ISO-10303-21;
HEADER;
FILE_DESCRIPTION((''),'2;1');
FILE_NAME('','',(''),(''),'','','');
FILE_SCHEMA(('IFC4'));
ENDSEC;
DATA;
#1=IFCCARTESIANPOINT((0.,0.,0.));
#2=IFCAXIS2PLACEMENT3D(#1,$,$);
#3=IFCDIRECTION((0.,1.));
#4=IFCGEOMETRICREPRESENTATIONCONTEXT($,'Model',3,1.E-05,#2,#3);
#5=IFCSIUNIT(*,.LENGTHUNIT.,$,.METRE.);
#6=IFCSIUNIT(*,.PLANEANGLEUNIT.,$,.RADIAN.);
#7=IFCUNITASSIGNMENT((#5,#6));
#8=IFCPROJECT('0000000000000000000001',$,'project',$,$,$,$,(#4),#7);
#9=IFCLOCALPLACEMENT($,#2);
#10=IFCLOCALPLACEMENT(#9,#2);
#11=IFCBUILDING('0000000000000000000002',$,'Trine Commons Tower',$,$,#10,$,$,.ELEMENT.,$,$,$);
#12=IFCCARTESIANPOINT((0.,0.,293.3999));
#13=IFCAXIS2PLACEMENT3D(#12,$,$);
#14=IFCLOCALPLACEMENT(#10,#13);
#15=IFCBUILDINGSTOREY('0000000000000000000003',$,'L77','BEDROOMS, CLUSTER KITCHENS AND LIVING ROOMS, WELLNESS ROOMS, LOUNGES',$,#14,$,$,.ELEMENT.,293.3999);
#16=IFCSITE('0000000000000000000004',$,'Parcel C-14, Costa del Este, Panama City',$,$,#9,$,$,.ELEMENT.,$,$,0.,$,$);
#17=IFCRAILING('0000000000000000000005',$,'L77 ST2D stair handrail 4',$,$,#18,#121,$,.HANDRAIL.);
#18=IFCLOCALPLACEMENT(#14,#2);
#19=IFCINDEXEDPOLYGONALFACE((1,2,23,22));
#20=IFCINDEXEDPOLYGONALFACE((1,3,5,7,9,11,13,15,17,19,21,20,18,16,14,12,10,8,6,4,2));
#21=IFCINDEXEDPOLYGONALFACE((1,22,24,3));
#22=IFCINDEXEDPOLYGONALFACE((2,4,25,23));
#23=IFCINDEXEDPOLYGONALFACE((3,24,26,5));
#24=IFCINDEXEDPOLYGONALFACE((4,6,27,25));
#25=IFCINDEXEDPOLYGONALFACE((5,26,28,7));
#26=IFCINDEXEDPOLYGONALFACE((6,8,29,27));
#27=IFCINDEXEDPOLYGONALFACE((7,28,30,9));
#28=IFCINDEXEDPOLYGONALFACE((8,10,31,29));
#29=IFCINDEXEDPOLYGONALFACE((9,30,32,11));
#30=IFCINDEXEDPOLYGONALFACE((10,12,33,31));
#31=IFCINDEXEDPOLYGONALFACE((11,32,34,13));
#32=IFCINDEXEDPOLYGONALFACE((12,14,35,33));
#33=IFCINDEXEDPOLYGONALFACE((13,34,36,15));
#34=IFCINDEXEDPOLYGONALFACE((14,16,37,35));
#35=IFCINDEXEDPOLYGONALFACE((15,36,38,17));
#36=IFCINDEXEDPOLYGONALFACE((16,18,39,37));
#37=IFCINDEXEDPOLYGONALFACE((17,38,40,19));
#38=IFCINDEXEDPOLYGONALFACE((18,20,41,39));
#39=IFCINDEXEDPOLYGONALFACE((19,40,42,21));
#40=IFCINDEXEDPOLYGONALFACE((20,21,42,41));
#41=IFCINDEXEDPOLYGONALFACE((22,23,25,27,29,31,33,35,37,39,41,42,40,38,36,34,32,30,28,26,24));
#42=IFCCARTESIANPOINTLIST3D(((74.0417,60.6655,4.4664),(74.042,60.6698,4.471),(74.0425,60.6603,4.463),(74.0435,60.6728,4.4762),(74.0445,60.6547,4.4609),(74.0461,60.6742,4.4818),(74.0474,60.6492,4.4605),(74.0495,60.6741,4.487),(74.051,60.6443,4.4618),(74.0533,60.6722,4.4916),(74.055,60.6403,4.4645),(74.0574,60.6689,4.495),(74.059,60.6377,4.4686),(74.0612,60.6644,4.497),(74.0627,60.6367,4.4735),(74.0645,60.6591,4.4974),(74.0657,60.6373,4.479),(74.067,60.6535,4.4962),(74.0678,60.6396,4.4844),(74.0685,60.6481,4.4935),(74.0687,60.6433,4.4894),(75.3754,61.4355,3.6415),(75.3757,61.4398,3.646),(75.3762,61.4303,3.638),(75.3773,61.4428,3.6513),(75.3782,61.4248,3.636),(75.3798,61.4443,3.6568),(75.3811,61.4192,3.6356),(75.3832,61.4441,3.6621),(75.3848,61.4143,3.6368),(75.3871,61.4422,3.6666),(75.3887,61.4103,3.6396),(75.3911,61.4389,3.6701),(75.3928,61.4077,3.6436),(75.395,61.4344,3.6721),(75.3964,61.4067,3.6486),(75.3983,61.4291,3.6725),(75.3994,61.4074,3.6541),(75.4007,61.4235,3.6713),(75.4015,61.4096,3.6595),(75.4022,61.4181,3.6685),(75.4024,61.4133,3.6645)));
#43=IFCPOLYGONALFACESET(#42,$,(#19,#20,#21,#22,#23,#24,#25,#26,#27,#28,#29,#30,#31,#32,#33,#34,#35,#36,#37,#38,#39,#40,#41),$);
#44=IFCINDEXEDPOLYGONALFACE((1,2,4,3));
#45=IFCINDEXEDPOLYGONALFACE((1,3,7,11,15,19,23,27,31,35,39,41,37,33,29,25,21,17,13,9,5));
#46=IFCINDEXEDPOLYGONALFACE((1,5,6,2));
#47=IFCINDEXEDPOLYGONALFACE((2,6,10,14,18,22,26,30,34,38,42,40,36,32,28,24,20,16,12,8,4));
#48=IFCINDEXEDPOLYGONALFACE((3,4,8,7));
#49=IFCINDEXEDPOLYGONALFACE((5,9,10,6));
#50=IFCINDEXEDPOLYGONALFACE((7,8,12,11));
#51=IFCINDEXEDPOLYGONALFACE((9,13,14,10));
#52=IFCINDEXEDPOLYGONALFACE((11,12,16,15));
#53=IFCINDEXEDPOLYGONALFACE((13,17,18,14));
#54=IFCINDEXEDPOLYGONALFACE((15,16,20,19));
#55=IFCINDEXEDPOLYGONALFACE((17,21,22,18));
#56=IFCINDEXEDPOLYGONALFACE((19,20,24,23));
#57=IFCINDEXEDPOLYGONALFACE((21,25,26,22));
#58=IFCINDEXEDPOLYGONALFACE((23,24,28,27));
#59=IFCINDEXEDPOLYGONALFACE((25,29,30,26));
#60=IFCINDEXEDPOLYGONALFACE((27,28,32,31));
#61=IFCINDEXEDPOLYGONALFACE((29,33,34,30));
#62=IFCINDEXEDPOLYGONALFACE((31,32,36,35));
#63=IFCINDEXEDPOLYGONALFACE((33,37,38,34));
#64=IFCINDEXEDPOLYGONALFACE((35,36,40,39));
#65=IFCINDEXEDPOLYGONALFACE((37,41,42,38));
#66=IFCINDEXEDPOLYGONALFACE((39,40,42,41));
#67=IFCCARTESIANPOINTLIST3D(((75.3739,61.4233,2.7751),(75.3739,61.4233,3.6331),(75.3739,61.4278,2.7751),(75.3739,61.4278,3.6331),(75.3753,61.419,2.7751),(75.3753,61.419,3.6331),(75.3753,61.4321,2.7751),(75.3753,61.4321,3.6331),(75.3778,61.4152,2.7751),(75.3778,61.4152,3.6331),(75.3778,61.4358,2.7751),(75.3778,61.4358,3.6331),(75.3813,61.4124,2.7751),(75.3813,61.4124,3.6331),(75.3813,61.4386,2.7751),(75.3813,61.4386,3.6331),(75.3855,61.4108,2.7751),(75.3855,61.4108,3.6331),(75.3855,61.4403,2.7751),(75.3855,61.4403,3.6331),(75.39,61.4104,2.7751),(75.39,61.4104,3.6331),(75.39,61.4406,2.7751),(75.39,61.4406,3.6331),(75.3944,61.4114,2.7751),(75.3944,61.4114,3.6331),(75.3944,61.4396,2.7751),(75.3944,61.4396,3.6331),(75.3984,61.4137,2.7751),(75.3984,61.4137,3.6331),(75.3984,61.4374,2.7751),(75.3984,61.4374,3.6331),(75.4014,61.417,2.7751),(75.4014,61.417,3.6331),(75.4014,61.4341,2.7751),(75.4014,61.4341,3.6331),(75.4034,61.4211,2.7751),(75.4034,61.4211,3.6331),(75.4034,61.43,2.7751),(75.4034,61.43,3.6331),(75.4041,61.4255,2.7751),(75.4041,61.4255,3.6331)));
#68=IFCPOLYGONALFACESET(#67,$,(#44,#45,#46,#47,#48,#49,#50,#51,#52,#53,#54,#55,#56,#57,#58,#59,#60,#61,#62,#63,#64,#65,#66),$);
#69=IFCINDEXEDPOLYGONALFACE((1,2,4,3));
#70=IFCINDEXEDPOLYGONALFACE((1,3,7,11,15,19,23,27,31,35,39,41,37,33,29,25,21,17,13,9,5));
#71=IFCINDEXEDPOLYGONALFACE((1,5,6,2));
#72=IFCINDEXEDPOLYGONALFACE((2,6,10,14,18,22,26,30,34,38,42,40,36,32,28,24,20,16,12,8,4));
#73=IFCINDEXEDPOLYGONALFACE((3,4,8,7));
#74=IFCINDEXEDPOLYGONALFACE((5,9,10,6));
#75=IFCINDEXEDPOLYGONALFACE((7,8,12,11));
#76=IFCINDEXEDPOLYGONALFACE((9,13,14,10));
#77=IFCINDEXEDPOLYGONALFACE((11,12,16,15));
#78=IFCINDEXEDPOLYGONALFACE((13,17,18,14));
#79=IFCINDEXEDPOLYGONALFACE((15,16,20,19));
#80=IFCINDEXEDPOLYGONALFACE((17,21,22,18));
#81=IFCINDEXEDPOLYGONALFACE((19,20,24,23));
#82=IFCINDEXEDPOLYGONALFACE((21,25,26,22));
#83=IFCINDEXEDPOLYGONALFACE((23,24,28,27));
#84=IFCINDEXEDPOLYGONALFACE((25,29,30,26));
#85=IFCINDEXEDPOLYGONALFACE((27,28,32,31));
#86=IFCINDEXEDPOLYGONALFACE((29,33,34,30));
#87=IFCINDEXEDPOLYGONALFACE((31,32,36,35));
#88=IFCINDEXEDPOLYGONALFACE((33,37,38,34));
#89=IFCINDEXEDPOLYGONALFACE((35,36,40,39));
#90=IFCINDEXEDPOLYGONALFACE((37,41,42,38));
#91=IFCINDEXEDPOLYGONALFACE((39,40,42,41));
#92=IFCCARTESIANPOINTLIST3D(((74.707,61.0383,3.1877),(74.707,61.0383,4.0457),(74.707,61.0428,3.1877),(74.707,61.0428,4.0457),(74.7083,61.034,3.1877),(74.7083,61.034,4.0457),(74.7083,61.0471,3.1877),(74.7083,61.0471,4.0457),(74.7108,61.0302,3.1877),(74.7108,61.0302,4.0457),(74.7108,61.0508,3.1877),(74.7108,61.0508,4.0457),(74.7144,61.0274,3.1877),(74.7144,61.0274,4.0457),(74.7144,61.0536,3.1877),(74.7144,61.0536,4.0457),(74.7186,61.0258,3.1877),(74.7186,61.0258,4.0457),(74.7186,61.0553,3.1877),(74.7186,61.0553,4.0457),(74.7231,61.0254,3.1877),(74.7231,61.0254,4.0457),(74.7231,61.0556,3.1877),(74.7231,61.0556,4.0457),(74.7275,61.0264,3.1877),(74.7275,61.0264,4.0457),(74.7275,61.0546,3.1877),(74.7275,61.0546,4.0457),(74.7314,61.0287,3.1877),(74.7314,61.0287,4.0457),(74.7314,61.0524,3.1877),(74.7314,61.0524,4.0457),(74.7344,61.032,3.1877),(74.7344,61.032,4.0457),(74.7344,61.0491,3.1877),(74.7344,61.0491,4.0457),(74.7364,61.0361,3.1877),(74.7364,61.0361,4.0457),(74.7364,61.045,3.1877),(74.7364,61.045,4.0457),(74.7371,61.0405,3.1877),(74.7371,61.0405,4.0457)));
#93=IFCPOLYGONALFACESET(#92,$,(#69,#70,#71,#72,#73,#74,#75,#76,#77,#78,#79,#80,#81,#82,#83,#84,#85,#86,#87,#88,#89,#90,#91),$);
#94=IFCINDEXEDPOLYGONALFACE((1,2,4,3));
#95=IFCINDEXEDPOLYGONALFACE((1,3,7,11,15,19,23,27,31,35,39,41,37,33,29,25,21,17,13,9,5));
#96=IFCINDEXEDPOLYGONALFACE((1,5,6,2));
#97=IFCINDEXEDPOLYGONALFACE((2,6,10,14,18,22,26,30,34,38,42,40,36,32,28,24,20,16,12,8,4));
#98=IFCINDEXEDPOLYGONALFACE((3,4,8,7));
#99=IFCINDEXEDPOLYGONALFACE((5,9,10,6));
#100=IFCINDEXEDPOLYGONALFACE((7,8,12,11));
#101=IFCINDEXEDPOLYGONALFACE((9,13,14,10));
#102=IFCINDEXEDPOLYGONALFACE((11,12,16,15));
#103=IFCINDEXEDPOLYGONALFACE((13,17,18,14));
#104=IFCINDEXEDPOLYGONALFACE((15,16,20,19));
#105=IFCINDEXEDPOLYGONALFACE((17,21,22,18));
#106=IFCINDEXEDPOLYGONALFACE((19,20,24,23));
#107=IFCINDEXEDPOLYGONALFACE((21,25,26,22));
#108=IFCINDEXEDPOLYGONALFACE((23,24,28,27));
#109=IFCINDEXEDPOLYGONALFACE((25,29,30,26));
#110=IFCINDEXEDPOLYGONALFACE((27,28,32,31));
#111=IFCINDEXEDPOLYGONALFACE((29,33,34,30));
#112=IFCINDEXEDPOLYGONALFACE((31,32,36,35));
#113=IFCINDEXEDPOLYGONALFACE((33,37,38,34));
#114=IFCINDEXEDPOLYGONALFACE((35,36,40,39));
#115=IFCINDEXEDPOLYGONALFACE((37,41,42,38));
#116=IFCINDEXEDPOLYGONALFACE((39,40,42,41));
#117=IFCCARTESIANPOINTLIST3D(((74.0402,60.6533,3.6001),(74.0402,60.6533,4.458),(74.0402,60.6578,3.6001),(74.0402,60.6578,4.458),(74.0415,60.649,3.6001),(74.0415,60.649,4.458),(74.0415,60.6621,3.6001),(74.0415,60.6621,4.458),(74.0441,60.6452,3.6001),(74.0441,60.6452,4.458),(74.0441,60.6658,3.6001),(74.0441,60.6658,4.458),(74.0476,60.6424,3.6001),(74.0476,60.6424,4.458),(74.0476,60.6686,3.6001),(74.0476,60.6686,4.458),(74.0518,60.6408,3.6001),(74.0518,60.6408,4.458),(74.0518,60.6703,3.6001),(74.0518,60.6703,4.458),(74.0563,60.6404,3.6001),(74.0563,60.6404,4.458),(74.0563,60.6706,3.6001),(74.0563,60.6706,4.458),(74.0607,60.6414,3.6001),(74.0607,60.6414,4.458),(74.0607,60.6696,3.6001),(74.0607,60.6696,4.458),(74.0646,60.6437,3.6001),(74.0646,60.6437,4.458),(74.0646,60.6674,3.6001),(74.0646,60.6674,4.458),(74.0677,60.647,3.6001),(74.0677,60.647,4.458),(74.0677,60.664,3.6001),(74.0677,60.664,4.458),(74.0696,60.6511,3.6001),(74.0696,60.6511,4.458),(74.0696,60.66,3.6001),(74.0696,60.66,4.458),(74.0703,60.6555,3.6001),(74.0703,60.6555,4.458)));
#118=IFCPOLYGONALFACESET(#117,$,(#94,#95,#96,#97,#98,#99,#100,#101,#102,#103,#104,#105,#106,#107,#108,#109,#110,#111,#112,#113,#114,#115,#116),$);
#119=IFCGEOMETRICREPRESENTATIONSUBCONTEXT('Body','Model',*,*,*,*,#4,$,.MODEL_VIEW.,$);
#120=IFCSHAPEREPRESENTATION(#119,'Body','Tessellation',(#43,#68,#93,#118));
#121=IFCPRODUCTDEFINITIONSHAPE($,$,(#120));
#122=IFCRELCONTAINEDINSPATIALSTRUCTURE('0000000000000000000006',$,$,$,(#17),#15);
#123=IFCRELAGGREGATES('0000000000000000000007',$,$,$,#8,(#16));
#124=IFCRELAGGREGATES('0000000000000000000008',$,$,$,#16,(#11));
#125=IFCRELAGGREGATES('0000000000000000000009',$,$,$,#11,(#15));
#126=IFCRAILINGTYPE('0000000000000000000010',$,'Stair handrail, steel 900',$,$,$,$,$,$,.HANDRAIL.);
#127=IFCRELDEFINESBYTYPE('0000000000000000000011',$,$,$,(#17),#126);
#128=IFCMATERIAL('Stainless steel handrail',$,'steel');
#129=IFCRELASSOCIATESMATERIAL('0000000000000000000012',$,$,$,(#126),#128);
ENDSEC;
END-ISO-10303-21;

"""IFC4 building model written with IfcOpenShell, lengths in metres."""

from ifc_helpers import new_model, si_unit, direction, frame, origin, origin_2d, place, context, subcontext, project, spatial, circle, extrude, material, type_object, element, save


model = new_model("IFC4")

# Units and contexts
model_context = context("Model", 3, precision=1e-05, world=origin(), true_north=direction((0.0, 1.0)))
body_context = subcontext(model_context, "Body", "Model", "MODEL_VIEW")
ifc_project = project(units=[si_unit("LENGTHUNIT", "METRE"), si_unit("PLANEANGLEUNIT", "RADIAN")], contexts=[model_context])

# Site, building, storey
site_placement = place(None, origin())
site = spatial("IfcSite", under=ifc_project, at=site_placement, Name="Parcel C-14, Costa del Este, Panama City", CompositionType="ELEMENT", RefElevation=0.0)
building_placement = place(site_placement, origin())
building = spatial("IfcBuilding", under=site, at=building_placement, Name="Trine Commons Tower", CompositionType="ELEMENT")
storey_placement = place(building_placement, frame((0.0, 0.0, 293.3999)))
storey = spatial("IfcBuildingStorey", under=building, at=storey_placement, Name="L77", Description="BEDROOMS, CLUSTER KITCHENS AND LIVING ROOMS, WELLNESS ROOMS, LOUNGES", CompositionType="ELEMENT", Elevation=293.3999)

# Railing
ifc_material_1 = material(Name="Stainless steel handrail", Category="steel")
railing_type_1 = type_object("IfcRailingType", Name="Stair handrail, steel 900", PredefinedType="HANDRAIL", material=ifc_material_1)
for number, where, name in (
    (1, (75.3889, 61.4255, 2.7751), "L77 ST2D stair handrail 4"),
):
    element("IfcRailing", number, at=place(storey_placement, frame(where)), inside=storey, type_object=railing_type_1, Name=name, PredefinedType="HANDRAIL", context=body_context, shape_type="SweptSolid", body=[
        extrude(circle(Radius=0.021, at=origin_2d()), frame((0.0, 0.0, 0.8789), z_axis=(-0.763405, -0.440743, 0.472185), x_axis=(0.499992, -0.86603, 0.0)), (0.0, 0.0, 1.0), 1.7471),
        extrude(circle(Radius=0.0151, at=origin_2d()), origin(), (0.0, 0.0, 1.0), 0.8579),
        extrude(circle(Radius=0.0151, at=origin_2d()), frame((-0.667, -0.385, 0.4126)), (0.0, 0.0, 1.0), 0.8579),
        extrude(circle(Radius=0.0151, at=origin_2d()), frame((-1.3337, -0.77, 0.825)), (0.0, 0.0, 1.0), 0.8579),
    ])

save(model, "model.ifc")
